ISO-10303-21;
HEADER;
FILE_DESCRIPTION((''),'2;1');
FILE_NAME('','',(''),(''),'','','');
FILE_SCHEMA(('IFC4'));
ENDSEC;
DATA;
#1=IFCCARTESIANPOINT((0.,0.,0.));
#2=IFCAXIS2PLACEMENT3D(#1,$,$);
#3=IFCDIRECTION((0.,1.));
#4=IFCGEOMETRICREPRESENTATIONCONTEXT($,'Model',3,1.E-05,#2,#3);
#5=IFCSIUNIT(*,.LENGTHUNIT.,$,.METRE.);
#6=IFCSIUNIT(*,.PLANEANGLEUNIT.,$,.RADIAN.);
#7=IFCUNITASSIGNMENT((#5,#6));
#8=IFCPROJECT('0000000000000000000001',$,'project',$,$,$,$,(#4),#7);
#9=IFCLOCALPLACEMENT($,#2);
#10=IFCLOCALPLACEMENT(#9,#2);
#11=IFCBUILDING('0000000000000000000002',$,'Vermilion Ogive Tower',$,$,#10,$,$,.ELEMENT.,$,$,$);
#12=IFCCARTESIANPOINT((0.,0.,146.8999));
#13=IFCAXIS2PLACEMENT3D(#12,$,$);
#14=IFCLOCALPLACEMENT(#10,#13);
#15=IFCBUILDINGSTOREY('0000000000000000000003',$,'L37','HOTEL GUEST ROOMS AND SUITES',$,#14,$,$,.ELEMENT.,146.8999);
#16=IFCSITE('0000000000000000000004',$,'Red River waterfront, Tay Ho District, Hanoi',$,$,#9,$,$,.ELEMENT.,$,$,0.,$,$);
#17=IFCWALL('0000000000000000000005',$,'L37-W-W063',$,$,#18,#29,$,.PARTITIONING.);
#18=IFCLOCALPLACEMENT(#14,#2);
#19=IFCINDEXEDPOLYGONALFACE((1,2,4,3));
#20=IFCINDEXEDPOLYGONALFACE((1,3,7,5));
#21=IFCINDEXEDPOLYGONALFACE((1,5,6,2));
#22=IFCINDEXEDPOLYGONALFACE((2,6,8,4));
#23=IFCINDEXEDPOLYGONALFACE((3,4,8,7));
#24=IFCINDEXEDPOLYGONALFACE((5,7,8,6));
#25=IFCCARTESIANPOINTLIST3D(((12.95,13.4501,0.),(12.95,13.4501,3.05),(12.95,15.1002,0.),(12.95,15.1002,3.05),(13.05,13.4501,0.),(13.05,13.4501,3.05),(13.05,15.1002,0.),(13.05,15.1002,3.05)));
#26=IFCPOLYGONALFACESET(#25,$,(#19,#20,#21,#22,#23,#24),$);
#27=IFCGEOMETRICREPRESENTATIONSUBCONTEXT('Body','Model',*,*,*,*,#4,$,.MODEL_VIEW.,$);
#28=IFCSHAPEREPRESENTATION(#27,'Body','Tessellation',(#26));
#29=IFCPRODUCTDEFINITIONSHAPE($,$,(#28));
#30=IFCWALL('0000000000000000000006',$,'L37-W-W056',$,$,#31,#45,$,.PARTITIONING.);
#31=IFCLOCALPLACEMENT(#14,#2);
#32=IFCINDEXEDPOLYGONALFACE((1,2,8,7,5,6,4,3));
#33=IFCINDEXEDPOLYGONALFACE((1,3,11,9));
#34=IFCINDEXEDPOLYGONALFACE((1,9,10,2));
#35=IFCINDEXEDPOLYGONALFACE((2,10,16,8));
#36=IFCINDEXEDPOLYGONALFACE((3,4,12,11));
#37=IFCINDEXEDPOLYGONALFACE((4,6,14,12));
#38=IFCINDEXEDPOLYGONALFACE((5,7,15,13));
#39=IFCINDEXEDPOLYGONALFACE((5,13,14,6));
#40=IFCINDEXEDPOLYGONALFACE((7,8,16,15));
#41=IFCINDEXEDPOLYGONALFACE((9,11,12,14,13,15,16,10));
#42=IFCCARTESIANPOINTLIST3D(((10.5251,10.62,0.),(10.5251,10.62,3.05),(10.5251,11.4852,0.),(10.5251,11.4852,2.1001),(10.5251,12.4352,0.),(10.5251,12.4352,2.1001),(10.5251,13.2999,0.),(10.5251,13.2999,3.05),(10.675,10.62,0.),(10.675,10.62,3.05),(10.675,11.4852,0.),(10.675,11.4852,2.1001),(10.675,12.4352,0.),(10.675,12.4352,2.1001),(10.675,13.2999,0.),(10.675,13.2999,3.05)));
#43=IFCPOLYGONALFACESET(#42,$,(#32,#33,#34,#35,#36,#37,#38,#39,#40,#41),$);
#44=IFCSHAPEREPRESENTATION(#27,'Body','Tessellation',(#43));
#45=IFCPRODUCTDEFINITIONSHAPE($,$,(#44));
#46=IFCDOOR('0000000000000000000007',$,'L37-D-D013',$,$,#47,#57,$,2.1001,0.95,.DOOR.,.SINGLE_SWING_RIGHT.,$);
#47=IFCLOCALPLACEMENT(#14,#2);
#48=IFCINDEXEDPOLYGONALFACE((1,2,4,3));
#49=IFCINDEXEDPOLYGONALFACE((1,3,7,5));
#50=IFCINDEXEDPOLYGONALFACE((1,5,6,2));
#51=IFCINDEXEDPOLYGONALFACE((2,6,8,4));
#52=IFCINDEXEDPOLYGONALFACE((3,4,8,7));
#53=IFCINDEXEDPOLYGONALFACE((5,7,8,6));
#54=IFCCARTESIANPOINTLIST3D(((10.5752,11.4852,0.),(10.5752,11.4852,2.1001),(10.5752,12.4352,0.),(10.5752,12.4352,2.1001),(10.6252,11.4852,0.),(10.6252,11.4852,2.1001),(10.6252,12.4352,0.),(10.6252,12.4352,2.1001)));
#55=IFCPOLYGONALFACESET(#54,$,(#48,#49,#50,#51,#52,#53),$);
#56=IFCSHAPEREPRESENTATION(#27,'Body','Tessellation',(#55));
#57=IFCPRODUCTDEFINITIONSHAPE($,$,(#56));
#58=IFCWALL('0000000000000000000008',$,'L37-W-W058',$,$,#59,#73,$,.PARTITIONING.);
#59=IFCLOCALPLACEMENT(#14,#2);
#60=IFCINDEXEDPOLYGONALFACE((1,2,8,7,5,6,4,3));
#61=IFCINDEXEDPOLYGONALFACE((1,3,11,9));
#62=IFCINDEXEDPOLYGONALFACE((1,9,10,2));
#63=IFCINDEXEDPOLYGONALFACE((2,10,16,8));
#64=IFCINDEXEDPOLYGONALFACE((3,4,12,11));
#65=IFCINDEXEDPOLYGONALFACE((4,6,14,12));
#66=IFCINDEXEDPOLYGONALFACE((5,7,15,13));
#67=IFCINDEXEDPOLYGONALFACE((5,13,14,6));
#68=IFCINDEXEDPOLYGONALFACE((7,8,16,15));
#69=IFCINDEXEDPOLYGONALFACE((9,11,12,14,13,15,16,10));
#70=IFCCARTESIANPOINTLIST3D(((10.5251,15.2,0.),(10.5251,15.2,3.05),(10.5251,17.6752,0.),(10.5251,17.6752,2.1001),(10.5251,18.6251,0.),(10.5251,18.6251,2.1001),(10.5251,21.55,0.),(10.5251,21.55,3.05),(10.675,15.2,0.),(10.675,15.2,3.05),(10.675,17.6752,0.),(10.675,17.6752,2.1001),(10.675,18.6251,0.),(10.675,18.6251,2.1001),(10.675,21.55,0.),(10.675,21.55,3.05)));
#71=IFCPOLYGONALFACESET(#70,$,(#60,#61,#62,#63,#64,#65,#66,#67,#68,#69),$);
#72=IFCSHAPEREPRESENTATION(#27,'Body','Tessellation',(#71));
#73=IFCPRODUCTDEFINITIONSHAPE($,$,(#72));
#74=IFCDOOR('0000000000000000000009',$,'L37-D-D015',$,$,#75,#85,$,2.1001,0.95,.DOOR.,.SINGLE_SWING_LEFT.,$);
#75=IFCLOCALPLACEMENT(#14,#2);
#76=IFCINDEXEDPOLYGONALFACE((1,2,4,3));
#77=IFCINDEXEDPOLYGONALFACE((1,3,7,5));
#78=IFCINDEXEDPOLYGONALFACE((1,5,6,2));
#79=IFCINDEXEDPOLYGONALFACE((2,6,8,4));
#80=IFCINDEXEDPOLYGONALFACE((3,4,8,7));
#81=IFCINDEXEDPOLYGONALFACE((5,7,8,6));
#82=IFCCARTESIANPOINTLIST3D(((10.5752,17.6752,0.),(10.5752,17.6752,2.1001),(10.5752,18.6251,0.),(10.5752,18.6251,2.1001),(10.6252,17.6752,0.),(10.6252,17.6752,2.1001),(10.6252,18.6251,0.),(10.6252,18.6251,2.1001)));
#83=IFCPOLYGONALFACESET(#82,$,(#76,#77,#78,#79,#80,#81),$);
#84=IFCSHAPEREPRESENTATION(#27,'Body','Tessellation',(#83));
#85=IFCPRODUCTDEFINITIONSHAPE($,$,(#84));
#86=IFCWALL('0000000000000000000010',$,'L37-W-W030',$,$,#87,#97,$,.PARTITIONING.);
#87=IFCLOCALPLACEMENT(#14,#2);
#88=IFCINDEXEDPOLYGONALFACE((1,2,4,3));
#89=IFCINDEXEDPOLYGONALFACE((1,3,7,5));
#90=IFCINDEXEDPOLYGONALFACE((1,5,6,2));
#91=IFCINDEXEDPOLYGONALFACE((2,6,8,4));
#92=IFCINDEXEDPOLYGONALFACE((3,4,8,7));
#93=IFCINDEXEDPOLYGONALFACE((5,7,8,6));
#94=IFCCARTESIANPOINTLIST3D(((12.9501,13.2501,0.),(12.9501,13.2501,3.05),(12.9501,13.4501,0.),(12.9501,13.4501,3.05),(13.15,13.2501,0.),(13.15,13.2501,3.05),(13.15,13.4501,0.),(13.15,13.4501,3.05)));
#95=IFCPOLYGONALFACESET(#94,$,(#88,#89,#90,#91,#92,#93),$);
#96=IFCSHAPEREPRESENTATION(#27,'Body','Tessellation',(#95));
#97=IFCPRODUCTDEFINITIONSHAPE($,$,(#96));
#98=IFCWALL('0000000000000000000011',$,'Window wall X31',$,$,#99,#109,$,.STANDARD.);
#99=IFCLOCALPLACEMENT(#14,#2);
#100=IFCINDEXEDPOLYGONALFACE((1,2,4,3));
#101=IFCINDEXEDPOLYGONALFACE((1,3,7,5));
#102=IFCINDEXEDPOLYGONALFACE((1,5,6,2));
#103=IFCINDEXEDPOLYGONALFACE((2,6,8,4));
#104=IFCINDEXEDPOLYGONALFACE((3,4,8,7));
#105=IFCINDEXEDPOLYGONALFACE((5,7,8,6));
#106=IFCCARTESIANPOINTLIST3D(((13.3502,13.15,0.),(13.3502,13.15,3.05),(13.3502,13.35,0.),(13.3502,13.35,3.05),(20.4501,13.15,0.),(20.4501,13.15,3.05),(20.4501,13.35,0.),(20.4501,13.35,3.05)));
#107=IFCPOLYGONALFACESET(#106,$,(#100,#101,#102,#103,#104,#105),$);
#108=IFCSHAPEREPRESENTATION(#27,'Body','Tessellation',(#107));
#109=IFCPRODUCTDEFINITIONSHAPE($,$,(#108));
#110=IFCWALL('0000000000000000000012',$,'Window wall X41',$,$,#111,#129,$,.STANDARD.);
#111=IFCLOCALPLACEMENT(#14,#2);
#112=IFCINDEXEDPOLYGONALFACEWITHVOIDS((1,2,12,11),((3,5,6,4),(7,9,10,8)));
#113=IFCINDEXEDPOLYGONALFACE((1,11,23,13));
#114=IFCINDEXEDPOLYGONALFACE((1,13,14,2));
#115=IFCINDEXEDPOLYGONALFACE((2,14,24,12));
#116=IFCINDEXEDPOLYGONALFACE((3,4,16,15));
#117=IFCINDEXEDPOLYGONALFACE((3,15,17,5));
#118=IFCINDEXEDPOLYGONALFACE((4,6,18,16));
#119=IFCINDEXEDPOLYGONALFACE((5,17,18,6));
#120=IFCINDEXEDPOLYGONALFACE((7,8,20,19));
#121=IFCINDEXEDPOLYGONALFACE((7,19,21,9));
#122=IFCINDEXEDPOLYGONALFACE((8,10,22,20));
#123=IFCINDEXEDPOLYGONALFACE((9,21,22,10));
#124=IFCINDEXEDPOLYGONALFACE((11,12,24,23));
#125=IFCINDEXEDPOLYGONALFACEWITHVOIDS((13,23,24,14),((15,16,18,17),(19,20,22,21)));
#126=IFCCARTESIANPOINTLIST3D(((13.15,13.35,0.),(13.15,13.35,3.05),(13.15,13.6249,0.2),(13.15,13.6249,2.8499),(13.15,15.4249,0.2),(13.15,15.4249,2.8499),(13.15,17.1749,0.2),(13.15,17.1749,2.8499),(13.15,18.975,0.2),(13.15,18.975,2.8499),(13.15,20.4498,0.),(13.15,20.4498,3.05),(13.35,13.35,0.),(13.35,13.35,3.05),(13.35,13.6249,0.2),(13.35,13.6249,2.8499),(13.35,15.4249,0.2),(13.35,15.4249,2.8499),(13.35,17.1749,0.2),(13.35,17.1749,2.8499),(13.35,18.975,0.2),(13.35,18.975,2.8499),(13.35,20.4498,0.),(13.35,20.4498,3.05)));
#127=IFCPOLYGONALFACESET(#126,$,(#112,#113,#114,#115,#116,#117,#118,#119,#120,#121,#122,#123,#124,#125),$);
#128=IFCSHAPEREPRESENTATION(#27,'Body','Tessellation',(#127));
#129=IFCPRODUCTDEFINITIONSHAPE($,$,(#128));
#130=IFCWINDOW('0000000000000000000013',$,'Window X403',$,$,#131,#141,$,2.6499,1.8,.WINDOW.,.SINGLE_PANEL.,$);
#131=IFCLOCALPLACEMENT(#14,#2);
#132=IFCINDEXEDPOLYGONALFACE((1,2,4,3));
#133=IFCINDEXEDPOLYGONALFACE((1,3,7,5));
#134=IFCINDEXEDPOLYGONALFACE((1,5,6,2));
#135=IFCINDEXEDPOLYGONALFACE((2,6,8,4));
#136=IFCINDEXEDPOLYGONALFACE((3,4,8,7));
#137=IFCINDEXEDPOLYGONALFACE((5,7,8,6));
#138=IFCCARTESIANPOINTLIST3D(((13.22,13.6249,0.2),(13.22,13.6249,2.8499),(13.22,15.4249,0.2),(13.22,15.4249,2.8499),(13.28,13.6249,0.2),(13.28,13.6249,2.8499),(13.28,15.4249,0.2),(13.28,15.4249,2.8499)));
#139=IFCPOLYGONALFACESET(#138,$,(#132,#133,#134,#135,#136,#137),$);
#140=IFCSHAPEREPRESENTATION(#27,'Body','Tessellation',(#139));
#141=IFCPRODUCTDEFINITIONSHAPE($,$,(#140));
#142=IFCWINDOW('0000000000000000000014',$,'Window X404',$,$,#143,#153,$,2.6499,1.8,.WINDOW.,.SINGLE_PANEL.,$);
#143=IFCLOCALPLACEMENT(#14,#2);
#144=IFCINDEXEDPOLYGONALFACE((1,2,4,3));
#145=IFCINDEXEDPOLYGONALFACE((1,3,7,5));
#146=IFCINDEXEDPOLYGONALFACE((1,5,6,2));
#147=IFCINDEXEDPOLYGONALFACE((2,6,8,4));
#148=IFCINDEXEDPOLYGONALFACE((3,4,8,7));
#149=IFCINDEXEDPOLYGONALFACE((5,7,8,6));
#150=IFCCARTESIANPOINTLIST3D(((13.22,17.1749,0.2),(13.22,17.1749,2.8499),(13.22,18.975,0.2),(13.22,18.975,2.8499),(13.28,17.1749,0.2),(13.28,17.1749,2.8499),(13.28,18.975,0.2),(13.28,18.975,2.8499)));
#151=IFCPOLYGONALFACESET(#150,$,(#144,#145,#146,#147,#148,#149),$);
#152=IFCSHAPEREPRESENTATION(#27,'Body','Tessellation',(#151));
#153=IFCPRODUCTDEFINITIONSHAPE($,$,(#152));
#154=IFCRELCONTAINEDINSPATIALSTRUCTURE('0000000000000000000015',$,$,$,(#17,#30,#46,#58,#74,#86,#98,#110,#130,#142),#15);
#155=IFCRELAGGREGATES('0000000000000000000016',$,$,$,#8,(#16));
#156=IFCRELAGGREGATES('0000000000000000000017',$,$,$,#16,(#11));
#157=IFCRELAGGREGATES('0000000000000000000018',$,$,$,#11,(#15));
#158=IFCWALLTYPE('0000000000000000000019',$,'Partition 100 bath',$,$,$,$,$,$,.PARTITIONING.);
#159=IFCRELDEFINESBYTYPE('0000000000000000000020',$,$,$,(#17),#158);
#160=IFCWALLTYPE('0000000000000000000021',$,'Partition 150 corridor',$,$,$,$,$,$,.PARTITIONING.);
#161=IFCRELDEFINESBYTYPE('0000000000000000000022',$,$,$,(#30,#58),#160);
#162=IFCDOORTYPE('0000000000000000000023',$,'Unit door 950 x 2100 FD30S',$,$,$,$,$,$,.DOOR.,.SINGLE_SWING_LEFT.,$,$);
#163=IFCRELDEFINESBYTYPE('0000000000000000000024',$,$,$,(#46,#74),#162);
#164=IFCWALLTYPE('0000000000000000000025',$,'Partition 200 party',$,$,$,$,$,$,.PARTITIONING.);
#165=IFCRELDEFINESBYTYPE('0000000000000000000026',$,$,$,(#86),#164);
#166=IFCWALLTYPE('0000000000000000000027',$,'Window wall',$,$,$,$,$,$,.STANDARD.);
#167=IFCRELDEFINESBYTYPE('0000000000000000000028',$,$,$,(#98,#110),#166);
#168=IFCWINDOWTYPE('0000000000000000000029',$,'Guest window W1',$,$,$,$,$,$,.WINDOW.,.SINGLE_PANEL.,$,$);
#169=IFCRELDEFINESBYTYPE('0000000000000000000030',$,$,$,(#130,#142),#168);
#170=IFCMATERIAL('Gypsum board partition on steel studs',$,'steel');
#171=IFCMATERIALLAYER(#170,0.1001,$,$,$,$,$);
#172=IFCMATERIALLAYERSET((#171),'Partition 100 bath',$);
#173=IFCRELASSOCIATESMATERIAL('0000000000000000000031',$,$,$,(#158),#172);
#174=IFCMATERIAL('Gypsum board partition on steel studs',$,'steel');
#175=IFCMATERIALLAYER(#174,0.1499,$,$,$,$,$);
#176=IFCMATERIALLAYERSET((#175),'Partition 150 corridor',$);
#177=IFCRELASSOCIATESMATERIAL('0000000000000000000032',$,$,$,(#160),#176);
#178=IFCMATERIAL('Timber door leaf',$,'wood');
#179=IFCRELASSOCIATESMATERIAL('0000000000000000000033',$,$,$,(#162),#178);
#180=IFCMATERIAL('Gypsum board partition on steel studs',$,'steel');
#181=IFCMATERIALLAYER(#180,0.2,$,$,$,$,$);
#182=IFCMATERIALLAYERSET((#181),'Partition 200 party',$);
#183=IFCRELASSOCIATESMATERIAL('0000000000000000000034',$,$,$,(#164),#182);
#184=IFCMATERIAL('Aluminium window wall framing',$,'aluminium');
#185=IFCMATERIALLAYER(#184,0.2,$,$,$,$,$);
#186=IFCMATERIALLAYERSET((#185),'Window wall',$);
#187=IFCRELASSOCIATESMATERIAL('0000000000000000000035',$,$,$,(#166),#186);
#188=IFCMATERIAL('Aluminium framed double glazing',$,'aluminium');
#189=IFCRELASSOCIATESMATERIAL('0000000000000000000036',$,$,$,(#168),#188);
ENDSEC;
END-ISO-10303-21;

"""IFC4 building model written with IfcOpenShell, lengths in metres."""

from ifc_helpers import new_model, si_unit, direction, frame, frame_2d, origin, place, context, subcontext, project, spatial, rectangle, extrude, material, layer, layer_set, type_object, element, fill, save


model = new_model("IFC4")

# Units and contexts
model_context = context("Model", 3, precision=1e-05, world=origin(), true_north=direction((0.0, 1.0)))
body_context = subcontext(model_context, "Body", "Model", "MODEL_VIEW")
ifc_project = project(units=[si_unit("LENGTHUNIT", "METRE"), si_unit("PLANEANGLEUNIT", "RADIAN")], contexts=[model_context])

# Site, building, storey
site_placement = place(None, origin())
site = spatial("IfcSite", under=ifc_project, at=site_placement, Name="Red River waterfront, Tay Ho District, Hanoi", CompositionType="ELEMENT", RefElevation=0.0)
building_placement = place(site_placement, origin())
building = spatial("IfcBuilding", under=site, at=building_placement, Name="Vermilion Ogive Tower", CompositionType="ELEMENT")
storey_placement = place(building_placement, frame((0.0, 0.0, 146.8999)))
storey = spatial("IfcBuildingStorey", under=building, at=storey_placement, Name="L37", Description="HOTEL GUEST ROOMS AND SUITES", CompositionType="ELEMENT", Elevation=146.8999)

# Shared definitions
ifc_material_1 = material(Name="Gypsum board partition on steel studs", Category="steel")
ifc_layer_1 = layer(ifc_material_1, 0.1001)
ifc_layer_set_1 = layer_set([ifc_layer_1], Name="Partition 100 bath")
wall_type_1 = type_object("IfcWallType", Name="Partition 100 bath", PredefinedType="PARTITIONING", material=ifc_layer_set_1)

# Wall
wall_1_placement = place(storey_placement, frame((13.0, 13.45, 0.0), z_axis=(0.0, 0.0, 1.0), x_axis=(0.0, 1.0, 0.0)))
element("IfcWall", 1, at=wall_1_placement, inside=storey, type_object=wall_type_1, Name="L37-W-W063", PredefinedType="PARTITIONING", context=body_context, shape_type="SweptSolid", body=[
    extrude(rectangle(XDim=1.6501, YDim=0.1001, at=frame_2d((0.8252, 0.0))), origin(), (0.0, 0.0, 1.0), 3.05),
])

# Walls, openings, doors
ifc_material_2 = material(Name="Gypsum board partition on steel studs", Category="steel")
ifc_layer_2 = layer(ifc_material_2, 0.1499)
ifc_layer_set_2 = layer_set([ifc_layer_2], Name="Partition 150 corridor")
wall_type_2 = type_object("IfcWallType", Name="Partition 150 corridor", PredefinedType="PARTITIONING", material=ifc_layer_set_2)
wall_2_placement = place(storey_placement, frame((10.6001, 10.6201, 0.0), z_axis=(0.0, 0.0, 1.0), x_axis=(0.0, 1.0, 0.0)))
wall_2 = element("IfcWall", 2, at=wall_2_placement, inside=storey, type_object=wall_type_2, Name="L37-W-W056", PredefinedType="PARTITIONING", context=body_context, shape_type="SweptSolid", body=[
    extrude(rectangle(XDim=2.6799, YDim=0.1499, at=frame_2d((1.3398, 0.0))), origin(), (0.0, 0.0, 1.0), 3.05),
])
opening_1_placement = place(wall_2_placement, frame((0.865, 0.0, 0.0)))
opening_1 = element("IfcOpeningElement", 3, at=opening_1_placement, cuts=wall_2, PredefinedType="OPENING", context=body_context, shape_type="SweptSolid", body=[
    extrude(rectangle(XDim=0.95, YDim=2.1001, at=frame_2d((0.4751, 1.05))), frame((0.0, 0.085, 0.0), z_axis=(0.0, -1.0, 0.0), x_axis=(1.0, 0.0, 0.0)), (0.0, 0.0, 1.0), 0.1699),
])
ifc_material_3 = material(Name="Timber door leaf", Category="wood")
door_type_1 = type_object("IfcDoorType", Name="Unit door 950 x 2100 FD30S", OperationType="SINGLE_SWING_LEFT", PredefinedType="DOOR", material=ifc_material_3)
door_1_placement = place(opening_1_placement, origin())
door_1 = element("IfcDoor", 4, at=door_1_placement, inside=storey, type_object=door_type_1, Name="L37-D-D013", OperationType="SINGLE_SWING_RIGHT", OverallHeight=2.1001, OverallWidth=0.95, PredefinedType="DOOR", context=body_context, shape_type="SweptSolid", body=[
    extrude(rectangle(XDim=0.95, YDim=2.1001, at=frame_2d((0.4751, 1.05))), frame((0.0, 0.0249, 0.0), z_axis=(0.0, -1.0, 0.0), x_axis=(1.0, 0.0, 0.0)), (0.0, 0.0, 1.0), 0.05),
])
fill(opening_1, door_1)
wall_3_placement = place(storey_placement, frame((10.6001, 15.2, 0.0), z_axis=(0.0, 0.0, 1.0), x_axis=(0.0, 1.0, 0.0)))
wall_3 = element("IfcWall", 5, at=wall_3_placement, inside=storey, type_object=wall_type_2, Name="L37-W-W058", PredefinedType="PARTITIONING", context=body_context, shape_type="SweptSolid", body=[
    extrude(rectangle(XDim=6.3501, YDim=0.1499, at=frame_2d((3.175, 0.0))), origin(), (0.0, 0.0, 1.0), 3.05),
])
opening_2_placement = place(wall_3_placement, frame((2.4751, 0.0, 0.0)))
opening_2 = element("IfcOpeningElement", 6, at=opening_2_placement, cuts=wall_3, PredefinedType="OPENING", context=body_context, shape_type="SweptSolid", body=[
    extrude(rectangle(XDim=0.95, YDim=2.1001, at=frame_2d((0.4751, 1.05))), frame((0.0, 0.085, 0.0), z_axis=(0.0, -1.0, 0.0), x_axis=(1.0, 0.0, 0.0)), (0.0, 0.0, 1.0), 0.1699),
])
door_2_placement = place(opening_2_placement, origin())
door_2 = element("IfcDoor", 7, at=door_2_placement, inside=storey, type_object=door_type_1, Name="L37-D-D015", OperationType="SINGLE_SWING_LEFT", OverallHeight=2.1001, OverallWidth=0.95, PredefinedType="DOOR", context=body_context, shape_type="SweptSolid", body=[
    extrude(rectangle(XDim=0.95, YDim=2.1001, at=frame_2d((0.4751, 1.05))), frame((0.0, 0.0249, 0.0), z_axis=(0.0, -1.0, 0.0), x_axis=(1.0, 0.0, 0.0)), (0.0, 0.0, 1.0), 0.05),
])
fill(opening_2, door_2)

# Walls
ifc_material_4 = material(Name="Gypsum board partition on steel studs", Category="steel")
ifc_layer_3 = layer(ifc_material_4, 0.2)
ifc_layer_set_3 = layer_set([ifc_layer_3], Name="Partition 200 party")
wall_type_3 = type_object("IfcWallType", Name="Partition 200 party", PredefinedType="PARTITIONING", material=ifc_layer_set_3)
wall_4_placement = place(storey_placement, frame((12.95, 13.3501, 0.0), z_axis=(0.0, 0.0, 1.0), x_axis=(1.0, 0.0, 0.0)))
element("IfcWall", 8, at=wall_4_placement, inside=storey, type_object=wall_type_3, Name="L37-W-W030", PredefinedType="PARTITIONING", context=body_context, shape_type="SweptSolid", body=[
    extrude(rectangle(XDim=0.2, YDim=0.2, at=frame_2d((0.1001, 0.0))), origin(), (0.0, 0.0, 1.0), 3.05),
])
ifc_material_5 = material(Name="Aluminium window wall framing", Category="aluminium")
ifc_layer_4 = layer(ifc_material_5, 0.2)
ifc_layer_set_4 = layer_set([ifc_layer_4], Name="Window wall")
wall_type_4 = type_object("IfcWallType", Name="Window wall", PredefinedType="STANDARD", material=ifc_layer_set_4)
wall_5_placement = place(storey_placement, frame((20.45, 13.25, 0.0), z_axis=(0.0, 0.0, 1.0), x_axis=(-1.0, 0.0, 0.0)))
element("IfcWall", 9, at=wall_5_placement, inside=storey, type_object=wall_type_4, Name="Window wall X31", PredefinedType="STANDARD", context=body_context, shape_type="SweptSolid", body=[
    extrude(rectangle(XDim=7.0999, YDim=0.2, at=frame_2d((3.5498, 0.0))), origin(), (0.0, 0.0, 1.0), 3.05),
])

# Wall, openings, windows
wall_6_placement = place(storey_placement, frame((13.25, 13.3501, 0.0), z_axis=(0.0, 0.0, 1.0), x_axis=(0.0, 1.0, 0.0)))
wall_6 = element("IfcWall", 10, at=wall_6_placement, inside=storey, type_object=wall_type_4, Name="Window wall X41", PredefinedType="STANDARD", context=body_context, shape_type="SweptSolid", body=[
    extrude(rectangle(XDim=7.0999, YDim=0.2, at=frame_2d((3.5498, 0.0))), origin(), (0.0, 0.0, 1.0), 3.05),
])
opening_3_placement = place(wall_6_placement, frame((0.2749, 0.0, 0.2)))
opening_3 = element("IfcOpeningElement", 11, at=opening_3_placement, cuts=wall_6, PredefinedType="OPENING", context=body_context, shape_type="SweptSolid", body=[
    extrude(rectangle(XDim=1.8, YDim=2.6499, at=frame_2d((0.8999, 1.325))), frame((0.0, 0.1099, 0.0), z_axis=(0.0, -1.0, 0.0), x_axis=(1.0, 0.0, 0.0)), (0.0, 0.0, 1.0), 0.22),
])
opening_4_placement = place(wall_6_placement, frame((3.825, 0.0, 0.2)))
opening_4 = element("IfcOpeningElement", 12, at=opening_4_placement, cuts=wall_6, PredefinedType="OPENING", context=body_context, shape_type="SweptSolid", body=[
    extrude(rectangle(XDim=1.8, YDim=2.6499, at=frame_2d((0.8999, 1.325))), frame((0.0, 0.1099, 0.0), z_axis=(0.0, -1.0, 0.0), x_axis=(1.0, 0.0, 0.0)), (0.0, 0.0, 1.0), 0.22),
])
ifc_material_6 = material(Name="Aluminium framed double glazing", Category="aluminium")
window_type = type_object("IfcWindowType", Name="Guest window W1", PartitioningType="SINGLE_PANEL", PredefinedType="WINDOW", material=ifc_material_6)
window_1_placement = place(opening_3_placement, origin())
window_1 = element("IfcWindow", 13, at=window_1_placement, inside=storey, type_object=window_type, Name="Window X403", OverallHeight=2.6499, OverallWidth=1.8, PartitioningType="SINGLE_PANEL", PredefinedType="WINDOW", context=body_context, shape_type="SweptSolid", body=[
    extrude(rectangle(XDim=1.8, YDim=2.6499, at=frame_2d((0.8999, 1.325))), frame((0.0, 0.03, 0.0), z_axis=(0.0, -1.0, 0.0), x_axis=(1.0, 0.0, 0.0)), (0.0, 0.0, 1.0), 0.0601),
])
fill(opening_3, window_1)
window_2_placement = place(opening_4_placement, origin())
window_2 = element("IfcWindow", 14, at=window_2_placement, inside=storey, type_object=window_type, Name="Window X404", OverallHeight=2.6499, OverallWidth=1.8, PartitioningType="SINGLE_PANEL", PredefinedType="WINDOW", context=body_context, shape_type="SweptSolid", body=[
    extrude(rectangle(XDim=1.8, YDim=2.6499, at=frame_2d((0.8999, 1.325))), frame((0.0, 0.03, 0.0), z_axis=(0.0, -1.0, 0.0), x_axis=(1.0, 0.0, 0.0)), (0.0, 0.0, 1.0), 0.0601),
])
fill(opening_4, window_2)

save(model, "model.ifc")
